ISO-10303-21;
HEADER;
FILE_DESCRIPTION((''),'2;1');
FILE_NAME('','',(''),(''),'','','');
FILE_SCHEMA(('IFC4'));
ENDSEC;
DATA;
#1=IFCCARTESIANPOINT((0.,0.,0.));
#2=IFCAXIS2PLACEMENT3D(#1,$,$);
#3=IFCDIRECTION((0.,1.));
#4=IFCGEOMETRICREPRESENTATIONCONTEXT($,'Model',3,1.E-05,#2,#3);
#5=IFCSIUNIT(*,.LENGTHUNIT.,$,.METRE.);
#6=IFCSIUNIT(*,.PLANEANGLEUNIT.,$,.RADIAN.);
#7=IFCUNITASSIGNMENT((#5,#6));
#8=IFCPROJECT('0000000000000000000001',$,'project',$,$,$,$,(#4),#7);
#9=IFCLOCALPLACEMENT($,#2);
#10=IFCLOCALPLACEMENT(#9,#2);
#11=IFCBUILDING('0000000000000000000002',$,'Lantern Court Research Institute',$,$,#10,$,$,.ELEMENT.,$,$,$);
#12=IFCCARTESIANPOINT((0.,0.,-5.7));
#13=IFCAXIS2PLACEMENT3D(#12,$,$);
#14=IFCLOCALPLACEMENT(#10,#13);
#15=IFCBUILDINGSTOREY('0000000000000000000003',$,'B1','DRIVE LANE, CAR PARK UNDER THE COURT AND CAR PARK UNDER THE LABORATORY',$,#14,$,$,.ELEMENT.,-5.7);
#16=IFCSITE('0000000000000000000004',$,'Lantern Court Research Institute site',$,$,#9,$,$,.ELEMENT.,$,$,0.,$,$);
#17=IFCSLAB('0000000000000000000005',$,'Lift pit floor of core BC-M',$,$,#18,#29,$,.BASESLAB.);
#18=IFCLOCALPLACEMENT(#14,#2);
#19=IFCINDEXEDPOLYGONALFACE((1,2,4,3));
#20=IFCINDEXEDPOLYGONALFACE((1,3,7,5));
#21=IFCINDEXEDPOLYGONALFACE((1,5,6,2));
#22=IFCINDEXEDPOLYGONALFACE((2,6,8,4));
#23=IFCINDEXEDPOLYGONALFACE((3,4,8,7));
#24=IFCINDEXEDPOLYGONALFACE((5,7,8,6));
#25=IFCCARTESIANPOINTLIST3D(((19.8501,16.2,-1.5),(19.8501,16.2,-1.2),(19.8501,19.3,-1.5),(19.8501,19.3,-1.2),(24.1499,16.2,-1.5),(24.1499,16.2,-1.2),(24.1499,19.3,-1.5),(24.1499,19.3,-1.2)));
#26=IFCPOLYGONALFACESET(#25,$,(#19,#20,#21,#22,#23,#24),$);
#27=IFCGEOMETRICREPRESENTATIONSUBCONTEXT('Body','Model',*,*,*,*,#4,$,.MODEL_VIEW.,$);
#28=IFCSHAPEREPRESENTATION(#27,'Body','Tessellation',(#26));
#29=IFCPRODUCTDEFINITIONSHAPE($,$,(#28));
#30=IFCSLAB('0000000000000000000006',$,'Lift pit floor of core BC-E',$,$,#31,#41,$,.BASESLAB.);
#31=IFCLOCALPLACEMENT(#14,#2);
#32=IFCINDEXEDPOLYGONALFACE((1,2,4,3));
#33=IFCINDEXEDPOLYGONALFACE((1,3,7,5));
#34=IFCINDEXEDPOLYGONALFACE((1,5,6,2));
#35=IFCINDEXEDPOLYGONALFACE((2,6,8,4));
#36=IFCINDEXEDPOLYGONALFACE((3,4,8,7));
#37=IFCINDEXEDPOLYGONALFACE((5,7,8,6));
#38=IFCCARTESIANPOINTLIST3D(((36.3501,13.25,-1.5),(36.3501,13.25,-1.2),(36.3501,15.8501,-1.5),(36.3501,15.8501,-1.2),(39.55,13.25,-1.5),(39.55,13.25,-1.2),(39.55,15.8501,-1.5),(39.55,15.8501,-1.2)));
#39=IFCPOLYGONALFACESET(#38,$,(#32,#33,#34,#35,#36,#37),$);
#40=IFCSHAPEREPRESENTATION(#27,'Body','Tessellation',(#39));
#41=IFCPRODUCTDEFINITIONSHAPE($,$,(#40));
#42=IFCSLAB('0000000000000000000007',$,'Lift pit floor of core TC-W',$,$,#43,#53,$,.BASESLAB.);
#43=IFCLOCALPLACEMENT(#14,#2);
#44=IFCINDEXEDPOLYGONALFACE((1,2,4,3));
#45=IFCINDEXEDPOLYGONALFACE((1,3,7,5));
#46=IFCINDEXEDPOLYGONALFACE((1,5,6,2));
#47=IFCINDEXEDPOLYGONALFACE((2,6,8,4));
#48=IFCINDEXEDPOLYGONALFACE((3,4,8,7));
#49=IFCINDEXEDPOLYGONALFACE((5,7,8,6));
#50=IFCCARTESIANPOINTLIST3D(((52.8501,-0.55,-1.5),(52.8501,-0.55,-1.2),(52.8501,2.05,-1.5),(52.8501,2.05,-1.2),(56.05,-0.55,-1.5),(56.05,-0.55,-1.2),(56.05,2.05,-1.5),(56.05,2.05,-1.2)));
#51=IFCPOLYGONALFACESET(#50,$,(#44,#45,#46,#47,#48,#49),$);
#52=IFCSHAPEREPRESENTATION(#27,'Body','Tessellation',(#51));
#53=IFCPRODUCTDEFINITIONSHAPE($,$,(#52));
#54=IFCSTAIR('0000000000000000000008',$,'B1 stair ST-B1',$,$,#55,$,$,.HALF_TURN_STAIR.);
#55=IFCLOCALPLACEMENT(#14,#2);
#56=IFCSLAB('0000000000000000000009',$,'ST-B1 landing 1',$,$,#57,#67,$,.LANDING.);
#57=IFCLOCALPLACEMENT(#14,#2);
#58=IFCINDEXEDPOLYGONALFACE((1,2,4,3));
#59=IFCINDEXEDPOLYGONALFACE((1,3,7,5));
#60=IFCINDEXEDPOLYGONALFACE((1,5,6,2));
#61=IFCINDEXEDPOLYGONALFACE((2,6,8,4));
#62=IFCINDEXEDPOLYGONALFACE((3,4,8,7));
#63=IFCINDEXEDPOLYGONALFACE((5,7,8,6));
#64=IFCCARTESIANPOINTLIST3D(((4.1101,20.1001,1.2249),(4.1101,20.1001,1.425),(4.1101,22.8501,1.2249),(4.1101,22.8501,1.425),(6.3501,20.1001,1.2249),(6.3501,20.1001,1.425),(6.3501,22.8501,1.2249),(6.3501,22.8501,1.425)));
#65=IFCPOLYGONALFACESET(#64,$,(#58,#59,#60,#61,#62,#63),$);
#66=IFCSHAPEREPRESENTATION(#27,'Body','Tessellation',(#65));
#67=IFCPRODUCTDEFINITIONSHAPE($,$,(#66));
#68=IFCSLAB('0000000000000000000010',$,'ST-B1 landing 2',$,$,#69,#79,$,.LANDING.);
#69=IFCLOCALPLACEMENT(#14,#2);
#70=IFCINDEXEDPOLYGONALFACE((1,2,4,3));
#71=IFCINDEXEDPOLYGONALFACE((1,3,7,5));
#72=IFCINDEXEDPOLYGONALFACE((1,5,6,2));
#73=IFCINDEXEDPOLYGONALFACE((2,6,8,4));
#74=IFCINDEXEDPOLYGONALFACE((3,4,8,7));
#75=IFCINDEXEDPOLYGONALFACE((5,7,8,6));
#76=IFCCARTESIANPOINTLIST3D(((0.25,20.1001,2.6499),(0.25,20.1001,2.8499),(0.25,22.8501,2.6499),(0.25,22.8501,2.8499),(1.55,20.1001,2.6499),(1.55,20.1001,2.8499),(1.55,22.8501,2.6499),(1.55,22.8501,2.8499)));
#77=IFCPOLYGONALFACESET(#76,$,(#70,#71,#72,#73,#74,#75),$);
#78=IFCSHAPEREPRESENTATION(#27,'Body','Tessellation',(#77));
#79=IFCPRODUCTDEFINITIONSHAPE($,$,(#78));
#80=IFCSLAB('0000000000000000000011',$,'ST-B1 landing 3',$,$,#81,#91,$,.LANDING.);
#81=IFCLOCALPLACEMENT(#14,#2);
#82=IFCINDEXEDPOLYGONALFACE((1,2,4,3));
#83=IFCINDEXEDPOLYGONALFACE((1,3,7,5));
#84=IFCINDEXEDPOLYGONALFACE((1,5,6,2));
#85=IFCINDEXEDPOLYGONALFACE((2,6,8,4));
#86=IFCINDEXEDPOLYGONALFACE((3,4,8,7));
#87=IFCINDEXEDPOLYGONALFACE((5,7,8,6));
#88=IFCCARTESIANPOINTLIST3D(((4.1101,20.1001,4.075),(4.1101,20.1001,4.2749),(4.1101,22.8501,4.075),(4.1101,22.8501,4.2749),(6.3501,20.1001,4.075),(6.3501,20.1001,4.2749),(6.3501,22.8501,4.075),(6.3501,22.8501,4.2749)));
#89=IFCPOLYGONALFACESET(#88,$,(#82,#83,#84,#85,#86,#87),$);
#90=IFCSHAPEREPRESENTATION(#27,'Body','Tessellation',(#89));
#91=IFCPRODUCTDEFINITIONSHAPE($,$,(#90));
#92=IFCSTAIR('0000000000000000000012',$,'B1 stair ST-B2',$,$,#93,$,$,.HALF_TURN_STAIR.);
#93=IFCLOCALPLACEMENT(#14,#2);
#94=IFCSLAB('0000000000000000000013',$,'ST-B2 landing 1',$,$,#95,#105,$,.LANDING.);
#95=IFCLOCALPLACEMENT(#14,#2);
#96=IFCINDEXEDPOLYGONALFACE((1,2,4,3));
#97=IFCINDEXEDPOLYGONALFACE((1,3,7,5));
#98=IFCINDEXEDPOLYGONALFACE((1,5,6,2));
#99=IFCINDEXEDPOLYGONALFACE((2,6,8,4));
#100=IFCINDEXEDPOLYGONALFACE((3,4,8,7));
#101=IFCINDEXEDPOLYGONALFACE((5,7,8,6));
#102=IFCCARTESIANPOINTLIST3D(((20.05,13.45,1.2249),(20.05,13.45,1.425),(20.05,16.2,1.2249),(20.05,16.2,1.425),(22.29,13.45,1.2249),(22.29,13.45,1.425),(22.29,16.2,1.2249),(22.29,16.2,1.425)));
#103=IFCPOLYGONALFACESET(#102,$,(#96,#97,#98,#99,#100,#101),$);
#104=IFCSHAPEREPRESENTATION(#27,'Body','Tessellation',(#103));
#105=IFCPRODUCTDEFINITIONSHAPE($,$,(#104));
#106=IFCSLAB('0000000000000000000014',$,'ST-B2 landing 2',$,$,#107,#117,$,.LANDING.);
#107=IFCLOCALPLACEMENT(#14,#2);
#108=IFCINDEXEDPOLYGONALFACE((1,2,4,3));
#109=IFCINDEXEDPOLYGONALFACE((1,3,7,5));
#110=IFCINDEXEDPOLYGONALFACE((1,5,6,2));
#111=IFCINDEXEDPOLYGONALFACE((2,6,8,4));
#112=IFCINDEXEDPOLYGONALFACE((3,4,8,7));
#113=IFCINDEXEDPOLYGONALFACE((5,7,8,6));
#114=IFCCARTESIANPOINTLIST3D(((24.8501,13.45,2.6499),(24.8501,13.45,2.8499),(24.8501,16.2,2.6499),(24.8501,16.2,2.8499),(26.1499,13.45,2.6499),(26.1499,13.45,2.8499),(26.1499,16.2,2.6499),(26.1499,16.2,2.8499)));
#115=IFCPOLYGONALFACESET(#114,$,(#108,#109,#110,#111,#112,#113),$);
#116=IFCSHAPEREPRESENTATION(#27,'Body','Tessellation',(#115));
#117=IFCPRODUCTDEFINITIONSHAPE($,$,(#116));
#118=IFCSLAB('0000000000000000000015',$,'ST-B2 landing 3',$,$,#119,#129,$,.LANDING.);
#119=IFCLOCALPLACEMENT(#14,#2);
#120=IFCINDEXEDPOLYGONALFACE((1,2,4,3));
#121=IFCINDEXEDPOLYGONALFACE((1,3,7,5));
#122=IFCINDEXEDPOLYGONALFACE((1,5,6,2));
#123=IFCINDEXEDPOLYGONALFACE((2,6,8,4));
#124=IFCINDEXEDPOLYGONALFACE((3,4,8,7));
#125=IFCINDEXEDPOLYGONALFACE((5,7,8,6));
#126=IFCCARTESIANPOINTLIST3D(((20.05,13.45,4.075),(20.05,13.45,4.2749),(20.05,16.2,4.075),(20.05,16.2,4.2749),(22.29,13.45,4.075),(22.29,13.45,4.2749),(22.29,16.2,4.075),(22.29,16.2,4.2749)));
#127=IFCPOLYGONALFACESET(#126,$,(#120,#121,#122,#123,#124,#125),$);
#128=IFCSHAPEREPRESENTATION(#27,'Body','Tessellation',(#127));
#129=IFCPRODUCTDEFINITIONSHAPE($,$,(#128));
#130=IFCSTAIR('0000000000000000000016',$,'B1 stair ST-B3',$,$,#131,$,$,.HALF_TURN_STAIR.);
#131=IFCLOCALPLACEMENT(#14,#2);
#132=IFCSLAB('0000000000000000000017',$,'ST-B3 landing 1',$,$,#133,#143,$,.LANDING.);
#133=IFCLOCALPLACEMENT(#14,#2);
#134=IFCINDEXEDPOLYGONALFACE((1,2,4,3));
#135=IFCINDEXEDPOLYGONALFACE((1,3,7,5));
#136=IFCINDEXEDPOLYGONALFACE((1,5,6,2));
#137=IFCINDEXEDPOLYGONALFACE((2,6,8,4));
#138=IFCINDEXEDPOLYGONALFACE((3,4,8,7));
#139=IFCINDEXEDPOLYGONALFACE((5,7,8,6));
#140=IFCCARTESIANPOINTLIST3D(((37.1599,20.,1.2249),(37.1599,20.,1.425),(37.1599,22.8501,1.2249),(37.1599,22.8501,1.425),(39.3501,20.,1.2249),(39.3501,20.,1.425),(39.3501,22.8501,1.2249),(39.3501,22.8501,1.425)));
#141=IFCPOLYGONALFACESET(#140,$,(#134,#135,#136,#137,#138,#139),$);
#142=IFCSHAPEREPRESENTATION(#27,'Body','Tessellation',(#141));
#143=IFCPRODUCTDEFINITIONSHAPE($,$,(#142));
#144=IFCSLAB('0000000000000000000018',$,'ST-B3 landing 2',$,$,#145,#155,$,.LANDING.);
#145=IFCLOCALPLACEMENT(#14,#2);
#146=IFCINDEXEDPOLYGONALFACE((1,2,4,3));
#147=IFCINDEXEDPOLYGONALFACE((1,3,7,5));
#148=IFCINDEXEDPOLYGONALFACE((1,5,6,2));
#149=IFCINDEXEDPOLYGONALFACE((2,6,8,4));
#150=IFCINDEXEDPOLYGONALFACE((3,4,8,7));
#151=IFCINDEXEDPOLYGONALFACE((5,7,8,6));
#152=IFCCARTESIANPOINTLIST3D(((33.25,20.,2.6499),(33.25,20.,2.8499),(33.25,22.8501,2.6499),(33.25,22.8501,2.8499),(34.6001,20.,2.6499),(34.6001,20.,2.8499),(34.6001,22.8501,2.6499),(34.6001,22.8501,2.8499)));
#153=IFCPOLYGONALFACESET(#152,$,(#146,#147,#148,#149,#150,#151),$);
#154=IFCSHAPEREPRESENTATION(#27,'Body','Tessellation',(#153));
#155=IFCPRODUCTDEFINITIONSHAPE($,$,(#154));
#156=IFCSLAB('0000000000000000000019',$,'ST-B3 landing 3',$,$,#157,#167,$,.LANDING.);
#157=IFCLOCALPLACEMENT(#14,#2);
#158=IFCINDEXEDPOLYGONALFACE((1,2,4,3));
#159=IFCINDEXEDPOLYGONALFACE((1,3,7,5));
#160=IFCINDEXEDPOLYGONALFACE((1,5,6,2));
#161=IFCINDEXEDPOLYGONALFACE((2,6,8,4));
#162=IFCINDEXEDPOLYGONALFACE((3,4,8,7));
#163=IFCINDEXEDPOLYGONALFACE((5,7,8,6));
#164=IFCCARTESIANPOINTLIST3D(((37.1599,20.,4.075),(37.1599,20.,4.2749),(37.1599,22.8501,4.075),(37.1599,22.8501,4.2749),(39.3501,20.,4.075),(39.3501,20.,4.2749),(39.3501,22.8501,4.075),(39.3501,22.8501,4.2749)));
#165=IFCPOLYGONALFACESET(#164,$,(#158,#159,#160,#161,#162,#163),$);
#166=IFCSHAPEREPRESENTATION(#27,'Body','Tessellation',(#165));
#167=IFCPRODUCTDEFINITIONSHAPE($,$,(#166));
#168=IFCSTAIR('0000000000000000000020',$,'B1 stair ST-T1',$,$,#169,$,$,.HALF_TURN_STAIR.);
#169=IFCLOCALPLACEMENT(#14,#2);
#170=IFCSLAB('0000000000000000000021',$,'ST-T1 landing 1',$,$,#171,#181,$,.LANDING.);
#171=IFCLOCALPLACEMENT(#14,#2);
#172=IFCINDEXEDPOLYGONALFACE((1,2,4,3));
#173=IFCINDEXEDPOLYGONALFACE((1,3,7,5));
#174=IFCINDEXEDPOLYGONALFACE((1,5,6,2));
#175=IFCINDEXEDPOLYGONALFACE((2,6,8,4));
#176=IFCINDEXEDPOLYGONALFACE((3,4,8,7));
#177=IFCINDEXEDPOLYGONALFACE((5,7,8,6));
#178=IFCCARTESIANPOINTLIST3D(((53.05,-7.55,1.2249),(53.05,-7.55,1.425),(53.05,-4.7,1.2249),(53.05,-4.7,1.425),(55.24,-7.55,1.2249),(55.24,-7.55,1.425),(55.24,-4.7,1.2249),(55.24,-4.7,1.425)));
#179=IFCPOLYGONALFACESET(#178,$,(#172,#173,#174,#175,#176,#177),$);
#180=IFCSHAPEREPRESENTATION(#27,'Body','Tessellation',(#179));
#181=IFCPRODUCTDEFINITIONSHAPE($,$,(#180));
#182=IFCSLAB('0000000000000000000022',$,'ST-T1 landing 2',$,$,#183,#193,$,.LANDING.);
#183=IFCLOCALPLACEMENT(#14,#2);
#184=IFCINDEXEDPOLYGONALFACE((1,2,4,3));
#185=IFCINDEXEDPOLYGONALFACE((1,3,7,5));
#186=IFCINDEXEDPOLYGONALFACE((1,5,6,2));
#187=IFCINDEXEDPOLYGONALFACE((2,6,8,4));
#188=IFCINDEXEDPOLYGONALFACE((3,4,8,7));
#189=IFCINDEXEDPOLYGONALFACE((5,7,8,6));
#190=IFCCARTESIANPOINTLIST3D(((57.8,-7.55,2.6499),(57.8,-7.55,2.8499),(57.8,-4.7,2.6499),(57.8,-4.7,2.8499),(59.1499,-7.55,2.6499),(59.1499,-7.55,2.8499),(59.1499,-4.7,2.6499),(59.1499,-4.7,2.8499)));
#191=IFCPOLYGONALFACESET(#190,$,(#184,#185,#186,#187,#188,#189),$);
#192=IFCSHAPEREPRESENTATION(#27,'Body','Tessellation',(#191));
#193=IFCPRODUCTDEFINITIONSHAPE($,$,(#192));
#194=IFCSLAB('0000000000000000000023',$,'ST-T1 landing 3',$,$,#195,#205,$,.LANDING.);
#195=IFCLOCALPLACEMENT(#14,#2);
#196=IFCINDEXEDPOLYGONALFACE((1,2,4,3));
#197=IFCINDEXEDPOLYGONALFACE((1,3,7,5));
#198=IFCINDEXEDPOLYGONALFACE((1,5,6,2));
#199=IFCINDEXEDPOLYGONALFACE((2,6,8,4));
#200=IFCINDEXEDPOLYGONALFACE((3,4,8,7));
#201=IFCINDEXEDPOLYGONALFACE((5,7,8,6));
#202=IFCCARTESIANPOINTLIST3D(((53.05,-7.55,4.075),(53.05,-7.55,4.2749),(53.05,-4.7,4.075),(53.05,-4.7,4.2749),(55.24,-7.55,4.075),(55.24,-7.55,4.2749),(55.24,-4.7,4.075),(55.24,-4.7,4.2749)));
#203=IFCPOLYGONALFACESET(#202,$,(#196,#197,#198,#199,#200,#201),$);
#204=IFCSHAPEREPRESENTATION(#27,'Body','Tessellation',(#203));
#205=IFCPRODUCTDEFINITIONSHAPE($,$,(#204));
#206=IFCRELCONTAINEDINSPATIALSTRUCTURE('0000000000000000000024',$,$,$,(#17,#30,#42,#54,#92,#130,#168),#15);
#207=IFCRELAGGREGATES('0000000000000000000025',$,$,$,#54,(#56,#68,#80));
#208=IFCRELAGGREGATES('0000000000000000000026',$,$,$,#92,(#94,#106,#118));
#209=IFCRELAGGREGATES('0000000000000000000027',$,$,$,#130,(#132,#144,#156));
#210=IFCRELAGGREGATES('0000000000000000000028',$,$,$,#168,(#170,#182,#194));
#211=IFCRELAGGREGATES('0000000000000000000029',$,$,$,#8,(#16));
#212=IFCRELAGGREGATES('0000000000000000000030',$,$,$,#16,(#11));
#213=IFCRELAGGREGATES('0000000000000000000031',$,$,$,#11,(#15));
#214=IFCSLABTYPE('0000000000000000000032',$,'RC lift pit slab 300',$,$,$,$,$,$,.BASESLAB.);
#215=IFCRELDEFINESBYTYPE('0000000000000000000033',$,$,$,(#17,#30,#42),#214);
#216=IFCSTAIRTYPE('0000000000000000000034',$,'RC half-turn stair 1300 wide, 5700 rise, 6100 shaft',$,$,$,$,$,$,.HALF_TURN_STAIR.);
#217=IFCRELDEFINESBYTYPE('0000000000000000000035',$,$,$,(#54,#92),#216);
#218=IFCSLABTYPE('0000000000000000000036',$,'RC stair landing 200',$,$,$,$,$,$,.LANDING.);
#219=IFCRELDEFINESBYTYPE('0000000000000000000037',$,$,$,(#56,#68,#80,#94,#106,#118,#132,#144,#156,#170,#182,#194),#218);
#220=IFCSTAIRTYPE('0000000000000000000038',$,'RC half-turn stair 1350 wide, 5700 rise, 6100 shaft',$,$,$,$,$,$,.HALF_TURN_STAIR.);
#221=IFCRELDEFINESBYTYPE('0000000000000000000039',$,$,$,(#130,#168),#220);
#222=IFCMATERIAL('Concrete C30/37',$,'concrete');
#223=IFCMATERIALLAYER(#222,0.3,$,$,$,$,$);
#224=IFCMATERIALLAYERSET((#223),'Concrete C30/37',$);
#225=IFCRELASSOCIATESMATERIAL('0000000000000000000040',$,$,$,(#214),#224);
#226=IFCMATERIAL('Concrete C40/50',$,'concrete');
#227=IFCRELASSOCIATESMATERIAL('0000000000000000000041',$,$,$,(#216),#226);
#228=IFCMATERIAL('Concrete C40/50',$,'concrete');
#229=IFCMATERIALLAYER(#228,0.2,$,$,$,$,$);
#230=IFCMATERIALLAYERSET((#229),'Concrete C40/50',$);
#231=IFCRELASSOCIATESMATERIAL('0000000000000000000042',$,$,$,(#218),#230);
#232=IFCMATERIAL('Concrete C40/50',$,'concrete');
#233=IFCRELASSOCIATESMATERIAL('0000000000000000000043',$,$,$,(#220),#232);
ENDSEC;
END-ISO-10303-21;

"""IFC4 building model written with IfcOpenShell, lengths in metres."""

from ifc_helpers import new_model, si_unit, direction, frame, origin, place, context, subcontext, project, spatial, polyline, outline, extrude, material, layer, layer_set, type_object, element, aggregate, save


model = new_model("IFC4")

# Units and contexts
model_context = context("Model", 3, precision=1e-05, world=origin(), true_north=direction((0.0, 1.0)))
body_context = subcontext(model_context, "Body", "Model", "MODEL_VIEW")
ifc_project = project(units=[si_unit("LENGTHUNIT", "METRE"), si_unit("PLANEANGLEUNIT", "RADIAN")], contexts=[model_context])

# Site, building, storey
site_placement = place(None, origin())
site = spatial("IfcSite", under=ifc_project, at=site_placement, Name="Lantern Court Research Institute site", CompositionType="ELEMENT", RefElevation=0.0)
building_placement = place(site_placement, origin())
building = spatial("IfcBuilding", under=site, at=building_placement, Name="Lantern Court Research Institute", CompositionType="ELEMENT")
storey_placement = place(building_placement, frame((0.0, 0.0, -5.7)))
storey = spatial("IfcBuildingStorey", under=building, at=storey_placement, Name="B1", Description="DRIVE LANE, CAR PARK UNDER THE COURT AND CAR PARK UNDER THE LABORATORY", CompositionType="ELEMENT", Elevation=-5.7)

# Slabs
ifc_material_1 = material(Name="Concrete C30/37", Category="concrete")
ifc_layer_1 = layer(ifc_material_1, 0.3)
ifc_layer_set_1 = layer_set([ifc_layer_1], Name="Concrete C30/37")
slab_type_1 = type_object("IfcSlabType", Name="RC lift pit slab 300", PredefinedType="BASESLAB", material=ifc_layer_set_1)
slab_1_placement = place(storey_placement, frame((0.0, 0.0, -1.5)))
element("IfcSlab", 1, at=slab_1_placement, inside=storey, type_object=slab_type_1, Name="Lift pit floor of core BC-M", PredefinedType="BASESLAB", context=body_context, shape_type="SweptSolid", body=[
    extrude(outline(polyline([(19.8501, 16.2), (24.1499, 16.2), (24.1499, 19.3), (19.8501, 19.3), (19.8501, 16.2)])), origin(), (0.0, 0.0, 1.0), 0.3),
])
slab_2_placement = place(storey_placement, frame((0.0, 0.0, -1.5)))
element("IfcSlab", 2, at=slab_2_placement, inside=storey, type_object=slab_type_1, Name="Lift pit floor of core BC-E", PredefinedType="BASESLAB", context=body_context, shape_type="SweptSolid", body=[
    extrude(outline(polyline([(36.3501, 13.25), (39.55, 13.25), (39.55, 15.8501), (36.3501, 15.8501), (36.3501, 13.25)])), origin(), (0.0, 0.0, 1.0), 0.3),
])
slab_3_placement = place(storey_placement, frame((0.0, 0.0, -1.5)))
element("IfcSlab", 3, at=slab_3_placement, inside=storey, type_object=slab_type_1, Name="Lift pit floor of core TC-W", PredefinedType="BASESLAB", context=body_context, shape_type="SweptSolid", body=[
    extrude(outline(polyline([(52.8501, -0.55), (56.05, -0.55), (56.05, 2.05), (52.8501, 2.05), (52.8501, -0.55)])), origin(), (0.0, 0.0, 1.0), 0.3),
])

# Stairs, slabs
ifc_material_2 = material(Name="Concrete C40/50", Category="concrete")
stair_type_1 = type_object("IfcStairType", Name="RC half-turn stair 1300 wide, 5700 rise, 6100 shaft", PredefinedType="HALF_TURN_STAIR", material=ifc_material_2)
stair_1_placement = place(storey_placement, origin())
stair_1 = element("IfcStair", 4, at=stair_1_placement, inside=storey, type_object=stair_type_1, Name="B1 stair ST-B1", PredefinedType="HALF_TURN_STAIR")
ifc_material_3 = material(Name="Concrete C40/50", Category="concrete")
ifc_layer_2 = layer(ifc_material_3, 0.2)
ifc_layer_set_2 = layer_set([ifc_layer_2], Name="Concrete C40/50")
slab_type_2 = type_object("IfcSlabType", Name="RC stair landing 200", PredefinedType="LANDING", material=ifc_layer_set_2)
slab_4_placement = place(storey_placement, frame((0.0, 0.0, 1.2249)))
slab_4 = element("IfcSlab", 5, at=slab_4_placement, type_object=slab_type_2, Name="ST-B1 landing 1", PredefinedType="LANDING", context=body_context, shape_type="SweptSolid", body=[
    extrude(outline(polyline([(4.1101, 20.1001), (6.3501, 20.1001), (6.3501, 22.8501), (4.1101, 22.8501), (4.1101, 20.1001)])), origin(), (0.0, 0.0, 1.0), 0.2002),
])
slab_5_placement = place(storey_placement, frame((0.0, 0.0, 2.6499)))
slab_5 = element("IfcSlab", 6, at=slab_5_placement, type_object=slab_type_2, Name="ST-B1 landing 2", PredefinedType="LANDING", context=body_context, shape_type="SweptSolid", body=[
    extrude(outline(polyline([(0.25, 20.1001), (1.55, 20.1001), (1.55, 22.8501), (0.25, 22.8501), (0.25, 20.1001)])), origin(), (0.0, 0.0, 1.0), 0.2),
])
slab_6_placement = place(storey_placement, frame((0.0, 0.0, 4.075)))
slab_6 = element("IfcSlab", 7, at=slab_6_placement, type_object=slab_type_2, Name="ST-B1 landing 3", PredefinedType="LANDING", context=body_context, shape_type="SweptSolid", body=[
    extrude(outline(polyline([(4.1101, 20.1001), (6.3501, 20.1001), (6.3501, 22.8501), (4.1101, 22.8501), (4.1101, 20.1001)])), origin(), (0.0, 0.0, 1.0), 0.2),
])
aggregate(stair_1, [slab_4, slab_5, slab_6])
stair_2_placement = place(storey_placement, origin())
stair_2 = element("IfcStair", 8, at=stair_2_placement, inside=storey, type_object=stair_type_1, Name="B1 stair ST-B2", PredefinedType="HALF_TURN_STAIR")
slab_7_placement = place(storey_placement, frame((0.0, 0.0, 1.2249)))
slab_7 = element("IfcSlab", 9, at=slab_7_placement, type_object=slab_type_2, Name="ST-B2 landing 1", PredefinedType="LANDING", context=body_context, shape_type="SweptSolid", body=[
    extrude(outline(polyline([(22.29, 16.2), (20.05, 16.2), (20.05, 13.45), (22.29, 13.45), (22.29, 16.2)])), origin(), (0.0, 0.0, 1.0), 0.2002),
])
slab_8_placement = place(storey_placement, frame((0.0, 0.0, 2.6499)))
slab_8 = element("IfcSlab", 10, at=slab_8_placement, type_object=slab_type_2, Name="ST-B2 landing 2", PredefinedType="LANDING", context=body_context, shape_type="SweptSolid", body=[
    extrude(outline(polyline([(26.1499, 16.2), (24.8501, 16.2), (24.8501, 13.45), (26.1499, 13.45), (26.1499, 16.2)])), origin(), (0.0, 0.0, 1.0), 0.2),
])
slab_9_placement = place(storey_placement, frame((0.0, 0.0, 4.075)))
slab_9 = element("IfcSlab", 11, at=slab_9_placement, type_object=slab_type_2, Name="ST-B2 landing 3", PredefinedType="LANDING", context=body_context, shape_type="SweptSolid", body=[
    extrude(outline(polyline([(22.29, 16.2), (20.05, 16.2), (20.05, 13.45), (22.29, 13.45), (22.29, 16.2)])), origin(), (0.0, 0.0, 1.0), 0.2),
])
aggregate(stair_2, [slab_7, slab_8, slab_9])
ifc_material_4 = material(Name="Concrete C40/50", Category="concrete")
stair_type_2 = type_object("IfcStairType", Name="RC half-turn stair 1350 wide, 5700 rise, 6100 shaft", PredefinedType="HALF_TURN_STAIR", material=ifc_material_4)
stair_3_placement = place(storey_placement, origin())
stair_3 = element("IfcStair", 12, at=stair_3_placement, inside=storey, type_object=stair_type_2, Name="B1 stair ST-B3", PredefinedType="HALF_TURN_STAIR")
slab_10_placement = place(storey_placement, frame((0.0, 0.0, 1.2249)))
slab_10 = element("IfcSlab", 13, at=slab_10_placement, type_object=slab_type_2, Name="ST-B3 landing 1", PredefinedType="LANDING", context=body_context, shape_type="SweptSolid", body=[
    extrude(outline(polyline([(37.1599, 20.0), (39.3501, 20.0), (39.3501, 22.8501), (37.1599, 22.8501), (37.1599, 20.0)])), origin(), (0.0, 0.0, 1.0), 0.2002),
])
slab_11_placement = place(storey_placement, frame((0.0, 0.0, 2.6499)))
slab_11 = element("IfcSlab", 14, at=slab_11_placement, type_object=slab_type_2, Name="ST-B3 landing 2", PredefinedType="LANDING", context=body_context, shape_type="SweptSolid", body=[
    extrude(outline(polyline([(33.25, 20.0), (34.6001, 20.0), (34.6001, 22.8501), (33.25, 22.8501), (33.25, 20.0)])), origin(), (0.0, 0.0, 1.0), 0.2),
])
slab_12_placement = place(storey_placement, frame((0.0, 0.0, 4.075)))
slab_12 = element("IfcSlab", 15, at=slab_12_placement, type_object=slab_type_2, Name="ST-B3 landing 3", PredefinedType="LANDING", context=body_context, shape_type="SweptSolid", body=[
    extrude(outline(polyline([(37.1599, 20.0), (39.3501, 20.0), (39.3501, 22.8501), (37.1599, 22.8501), (37.1599, 20.0)])), origin(), (0.0, 0.0, 1.0), 0.2),
])
aggregate(stair_3, [slab_10, slab_11, slab_12])
stair_4_placement = place(storey_placement, origin())
stair_4 = element("IfcStair", 16, at=stair_4_placement, inside=storey, type_object=stair_type_2, Name="B1 stair ST-T1", PredefinedType="HALF_TURN_STAIR")
slab_13_placement = place(storey_placement, frame((0.0, 0.0, 1.2249)))
slab_13 = element("IfcSlab", 17, at=slab_13_placement, type_object=slab_type_2, Name="ST-T1 landing 1", PredefinedType="LANDING", context=body_context, shape_type="SweptSolid", body=[
    extrude(outline(polyline([(55.24, -4.7), (53.05, -4.7), (53.05, -7.55), (55.24, -7.55), (55.24, -4.7)])), origin(), (0.0, 0.0, 1.0), 0.2002),
])
slab_14_placement = place(storey_placement, frame((0.0, 0.0, 2.6499)))
slab_14 = element("IfcSlab", 18, at=slab_14_placement, type_object=slab_type_2, Name="ST-T1 landing 2", PredefinedType="LANDING", context=body_context, shape_type="SweptSolid", body=[
    extrude(outline(polyline([(59.1499, -4.7), (57.8, -4.7), (57.8, -7.55), (59.1499, -7.55), (59.1499, -4.7)])), origin(), (0.0, 0.0, 1.0), 0.2),
])
slab_15_placement = place(storey_placement, frame((0.0, 0.0, 4.075)))
slab_15 = element("IfcSlab", 19, at=slab_15_placement, type_object=slab_type_2, Name="ST-T1 landing 3", PredefinedType="LANDING", context=body_context, shape_type="SweptSolid", body=[
    extrude(outline(polyline([(55.24, -4.7), (53.05, -4.7), (53.05, -7.55), (55.24, -7.55), (55.24, -4.7)])), origin(), (0.0, 0.0, 1.0), 0.2),
])
aggregate(stair_4, [slab_13, slab_14, slab_15])

save(model, "model.ifc")
